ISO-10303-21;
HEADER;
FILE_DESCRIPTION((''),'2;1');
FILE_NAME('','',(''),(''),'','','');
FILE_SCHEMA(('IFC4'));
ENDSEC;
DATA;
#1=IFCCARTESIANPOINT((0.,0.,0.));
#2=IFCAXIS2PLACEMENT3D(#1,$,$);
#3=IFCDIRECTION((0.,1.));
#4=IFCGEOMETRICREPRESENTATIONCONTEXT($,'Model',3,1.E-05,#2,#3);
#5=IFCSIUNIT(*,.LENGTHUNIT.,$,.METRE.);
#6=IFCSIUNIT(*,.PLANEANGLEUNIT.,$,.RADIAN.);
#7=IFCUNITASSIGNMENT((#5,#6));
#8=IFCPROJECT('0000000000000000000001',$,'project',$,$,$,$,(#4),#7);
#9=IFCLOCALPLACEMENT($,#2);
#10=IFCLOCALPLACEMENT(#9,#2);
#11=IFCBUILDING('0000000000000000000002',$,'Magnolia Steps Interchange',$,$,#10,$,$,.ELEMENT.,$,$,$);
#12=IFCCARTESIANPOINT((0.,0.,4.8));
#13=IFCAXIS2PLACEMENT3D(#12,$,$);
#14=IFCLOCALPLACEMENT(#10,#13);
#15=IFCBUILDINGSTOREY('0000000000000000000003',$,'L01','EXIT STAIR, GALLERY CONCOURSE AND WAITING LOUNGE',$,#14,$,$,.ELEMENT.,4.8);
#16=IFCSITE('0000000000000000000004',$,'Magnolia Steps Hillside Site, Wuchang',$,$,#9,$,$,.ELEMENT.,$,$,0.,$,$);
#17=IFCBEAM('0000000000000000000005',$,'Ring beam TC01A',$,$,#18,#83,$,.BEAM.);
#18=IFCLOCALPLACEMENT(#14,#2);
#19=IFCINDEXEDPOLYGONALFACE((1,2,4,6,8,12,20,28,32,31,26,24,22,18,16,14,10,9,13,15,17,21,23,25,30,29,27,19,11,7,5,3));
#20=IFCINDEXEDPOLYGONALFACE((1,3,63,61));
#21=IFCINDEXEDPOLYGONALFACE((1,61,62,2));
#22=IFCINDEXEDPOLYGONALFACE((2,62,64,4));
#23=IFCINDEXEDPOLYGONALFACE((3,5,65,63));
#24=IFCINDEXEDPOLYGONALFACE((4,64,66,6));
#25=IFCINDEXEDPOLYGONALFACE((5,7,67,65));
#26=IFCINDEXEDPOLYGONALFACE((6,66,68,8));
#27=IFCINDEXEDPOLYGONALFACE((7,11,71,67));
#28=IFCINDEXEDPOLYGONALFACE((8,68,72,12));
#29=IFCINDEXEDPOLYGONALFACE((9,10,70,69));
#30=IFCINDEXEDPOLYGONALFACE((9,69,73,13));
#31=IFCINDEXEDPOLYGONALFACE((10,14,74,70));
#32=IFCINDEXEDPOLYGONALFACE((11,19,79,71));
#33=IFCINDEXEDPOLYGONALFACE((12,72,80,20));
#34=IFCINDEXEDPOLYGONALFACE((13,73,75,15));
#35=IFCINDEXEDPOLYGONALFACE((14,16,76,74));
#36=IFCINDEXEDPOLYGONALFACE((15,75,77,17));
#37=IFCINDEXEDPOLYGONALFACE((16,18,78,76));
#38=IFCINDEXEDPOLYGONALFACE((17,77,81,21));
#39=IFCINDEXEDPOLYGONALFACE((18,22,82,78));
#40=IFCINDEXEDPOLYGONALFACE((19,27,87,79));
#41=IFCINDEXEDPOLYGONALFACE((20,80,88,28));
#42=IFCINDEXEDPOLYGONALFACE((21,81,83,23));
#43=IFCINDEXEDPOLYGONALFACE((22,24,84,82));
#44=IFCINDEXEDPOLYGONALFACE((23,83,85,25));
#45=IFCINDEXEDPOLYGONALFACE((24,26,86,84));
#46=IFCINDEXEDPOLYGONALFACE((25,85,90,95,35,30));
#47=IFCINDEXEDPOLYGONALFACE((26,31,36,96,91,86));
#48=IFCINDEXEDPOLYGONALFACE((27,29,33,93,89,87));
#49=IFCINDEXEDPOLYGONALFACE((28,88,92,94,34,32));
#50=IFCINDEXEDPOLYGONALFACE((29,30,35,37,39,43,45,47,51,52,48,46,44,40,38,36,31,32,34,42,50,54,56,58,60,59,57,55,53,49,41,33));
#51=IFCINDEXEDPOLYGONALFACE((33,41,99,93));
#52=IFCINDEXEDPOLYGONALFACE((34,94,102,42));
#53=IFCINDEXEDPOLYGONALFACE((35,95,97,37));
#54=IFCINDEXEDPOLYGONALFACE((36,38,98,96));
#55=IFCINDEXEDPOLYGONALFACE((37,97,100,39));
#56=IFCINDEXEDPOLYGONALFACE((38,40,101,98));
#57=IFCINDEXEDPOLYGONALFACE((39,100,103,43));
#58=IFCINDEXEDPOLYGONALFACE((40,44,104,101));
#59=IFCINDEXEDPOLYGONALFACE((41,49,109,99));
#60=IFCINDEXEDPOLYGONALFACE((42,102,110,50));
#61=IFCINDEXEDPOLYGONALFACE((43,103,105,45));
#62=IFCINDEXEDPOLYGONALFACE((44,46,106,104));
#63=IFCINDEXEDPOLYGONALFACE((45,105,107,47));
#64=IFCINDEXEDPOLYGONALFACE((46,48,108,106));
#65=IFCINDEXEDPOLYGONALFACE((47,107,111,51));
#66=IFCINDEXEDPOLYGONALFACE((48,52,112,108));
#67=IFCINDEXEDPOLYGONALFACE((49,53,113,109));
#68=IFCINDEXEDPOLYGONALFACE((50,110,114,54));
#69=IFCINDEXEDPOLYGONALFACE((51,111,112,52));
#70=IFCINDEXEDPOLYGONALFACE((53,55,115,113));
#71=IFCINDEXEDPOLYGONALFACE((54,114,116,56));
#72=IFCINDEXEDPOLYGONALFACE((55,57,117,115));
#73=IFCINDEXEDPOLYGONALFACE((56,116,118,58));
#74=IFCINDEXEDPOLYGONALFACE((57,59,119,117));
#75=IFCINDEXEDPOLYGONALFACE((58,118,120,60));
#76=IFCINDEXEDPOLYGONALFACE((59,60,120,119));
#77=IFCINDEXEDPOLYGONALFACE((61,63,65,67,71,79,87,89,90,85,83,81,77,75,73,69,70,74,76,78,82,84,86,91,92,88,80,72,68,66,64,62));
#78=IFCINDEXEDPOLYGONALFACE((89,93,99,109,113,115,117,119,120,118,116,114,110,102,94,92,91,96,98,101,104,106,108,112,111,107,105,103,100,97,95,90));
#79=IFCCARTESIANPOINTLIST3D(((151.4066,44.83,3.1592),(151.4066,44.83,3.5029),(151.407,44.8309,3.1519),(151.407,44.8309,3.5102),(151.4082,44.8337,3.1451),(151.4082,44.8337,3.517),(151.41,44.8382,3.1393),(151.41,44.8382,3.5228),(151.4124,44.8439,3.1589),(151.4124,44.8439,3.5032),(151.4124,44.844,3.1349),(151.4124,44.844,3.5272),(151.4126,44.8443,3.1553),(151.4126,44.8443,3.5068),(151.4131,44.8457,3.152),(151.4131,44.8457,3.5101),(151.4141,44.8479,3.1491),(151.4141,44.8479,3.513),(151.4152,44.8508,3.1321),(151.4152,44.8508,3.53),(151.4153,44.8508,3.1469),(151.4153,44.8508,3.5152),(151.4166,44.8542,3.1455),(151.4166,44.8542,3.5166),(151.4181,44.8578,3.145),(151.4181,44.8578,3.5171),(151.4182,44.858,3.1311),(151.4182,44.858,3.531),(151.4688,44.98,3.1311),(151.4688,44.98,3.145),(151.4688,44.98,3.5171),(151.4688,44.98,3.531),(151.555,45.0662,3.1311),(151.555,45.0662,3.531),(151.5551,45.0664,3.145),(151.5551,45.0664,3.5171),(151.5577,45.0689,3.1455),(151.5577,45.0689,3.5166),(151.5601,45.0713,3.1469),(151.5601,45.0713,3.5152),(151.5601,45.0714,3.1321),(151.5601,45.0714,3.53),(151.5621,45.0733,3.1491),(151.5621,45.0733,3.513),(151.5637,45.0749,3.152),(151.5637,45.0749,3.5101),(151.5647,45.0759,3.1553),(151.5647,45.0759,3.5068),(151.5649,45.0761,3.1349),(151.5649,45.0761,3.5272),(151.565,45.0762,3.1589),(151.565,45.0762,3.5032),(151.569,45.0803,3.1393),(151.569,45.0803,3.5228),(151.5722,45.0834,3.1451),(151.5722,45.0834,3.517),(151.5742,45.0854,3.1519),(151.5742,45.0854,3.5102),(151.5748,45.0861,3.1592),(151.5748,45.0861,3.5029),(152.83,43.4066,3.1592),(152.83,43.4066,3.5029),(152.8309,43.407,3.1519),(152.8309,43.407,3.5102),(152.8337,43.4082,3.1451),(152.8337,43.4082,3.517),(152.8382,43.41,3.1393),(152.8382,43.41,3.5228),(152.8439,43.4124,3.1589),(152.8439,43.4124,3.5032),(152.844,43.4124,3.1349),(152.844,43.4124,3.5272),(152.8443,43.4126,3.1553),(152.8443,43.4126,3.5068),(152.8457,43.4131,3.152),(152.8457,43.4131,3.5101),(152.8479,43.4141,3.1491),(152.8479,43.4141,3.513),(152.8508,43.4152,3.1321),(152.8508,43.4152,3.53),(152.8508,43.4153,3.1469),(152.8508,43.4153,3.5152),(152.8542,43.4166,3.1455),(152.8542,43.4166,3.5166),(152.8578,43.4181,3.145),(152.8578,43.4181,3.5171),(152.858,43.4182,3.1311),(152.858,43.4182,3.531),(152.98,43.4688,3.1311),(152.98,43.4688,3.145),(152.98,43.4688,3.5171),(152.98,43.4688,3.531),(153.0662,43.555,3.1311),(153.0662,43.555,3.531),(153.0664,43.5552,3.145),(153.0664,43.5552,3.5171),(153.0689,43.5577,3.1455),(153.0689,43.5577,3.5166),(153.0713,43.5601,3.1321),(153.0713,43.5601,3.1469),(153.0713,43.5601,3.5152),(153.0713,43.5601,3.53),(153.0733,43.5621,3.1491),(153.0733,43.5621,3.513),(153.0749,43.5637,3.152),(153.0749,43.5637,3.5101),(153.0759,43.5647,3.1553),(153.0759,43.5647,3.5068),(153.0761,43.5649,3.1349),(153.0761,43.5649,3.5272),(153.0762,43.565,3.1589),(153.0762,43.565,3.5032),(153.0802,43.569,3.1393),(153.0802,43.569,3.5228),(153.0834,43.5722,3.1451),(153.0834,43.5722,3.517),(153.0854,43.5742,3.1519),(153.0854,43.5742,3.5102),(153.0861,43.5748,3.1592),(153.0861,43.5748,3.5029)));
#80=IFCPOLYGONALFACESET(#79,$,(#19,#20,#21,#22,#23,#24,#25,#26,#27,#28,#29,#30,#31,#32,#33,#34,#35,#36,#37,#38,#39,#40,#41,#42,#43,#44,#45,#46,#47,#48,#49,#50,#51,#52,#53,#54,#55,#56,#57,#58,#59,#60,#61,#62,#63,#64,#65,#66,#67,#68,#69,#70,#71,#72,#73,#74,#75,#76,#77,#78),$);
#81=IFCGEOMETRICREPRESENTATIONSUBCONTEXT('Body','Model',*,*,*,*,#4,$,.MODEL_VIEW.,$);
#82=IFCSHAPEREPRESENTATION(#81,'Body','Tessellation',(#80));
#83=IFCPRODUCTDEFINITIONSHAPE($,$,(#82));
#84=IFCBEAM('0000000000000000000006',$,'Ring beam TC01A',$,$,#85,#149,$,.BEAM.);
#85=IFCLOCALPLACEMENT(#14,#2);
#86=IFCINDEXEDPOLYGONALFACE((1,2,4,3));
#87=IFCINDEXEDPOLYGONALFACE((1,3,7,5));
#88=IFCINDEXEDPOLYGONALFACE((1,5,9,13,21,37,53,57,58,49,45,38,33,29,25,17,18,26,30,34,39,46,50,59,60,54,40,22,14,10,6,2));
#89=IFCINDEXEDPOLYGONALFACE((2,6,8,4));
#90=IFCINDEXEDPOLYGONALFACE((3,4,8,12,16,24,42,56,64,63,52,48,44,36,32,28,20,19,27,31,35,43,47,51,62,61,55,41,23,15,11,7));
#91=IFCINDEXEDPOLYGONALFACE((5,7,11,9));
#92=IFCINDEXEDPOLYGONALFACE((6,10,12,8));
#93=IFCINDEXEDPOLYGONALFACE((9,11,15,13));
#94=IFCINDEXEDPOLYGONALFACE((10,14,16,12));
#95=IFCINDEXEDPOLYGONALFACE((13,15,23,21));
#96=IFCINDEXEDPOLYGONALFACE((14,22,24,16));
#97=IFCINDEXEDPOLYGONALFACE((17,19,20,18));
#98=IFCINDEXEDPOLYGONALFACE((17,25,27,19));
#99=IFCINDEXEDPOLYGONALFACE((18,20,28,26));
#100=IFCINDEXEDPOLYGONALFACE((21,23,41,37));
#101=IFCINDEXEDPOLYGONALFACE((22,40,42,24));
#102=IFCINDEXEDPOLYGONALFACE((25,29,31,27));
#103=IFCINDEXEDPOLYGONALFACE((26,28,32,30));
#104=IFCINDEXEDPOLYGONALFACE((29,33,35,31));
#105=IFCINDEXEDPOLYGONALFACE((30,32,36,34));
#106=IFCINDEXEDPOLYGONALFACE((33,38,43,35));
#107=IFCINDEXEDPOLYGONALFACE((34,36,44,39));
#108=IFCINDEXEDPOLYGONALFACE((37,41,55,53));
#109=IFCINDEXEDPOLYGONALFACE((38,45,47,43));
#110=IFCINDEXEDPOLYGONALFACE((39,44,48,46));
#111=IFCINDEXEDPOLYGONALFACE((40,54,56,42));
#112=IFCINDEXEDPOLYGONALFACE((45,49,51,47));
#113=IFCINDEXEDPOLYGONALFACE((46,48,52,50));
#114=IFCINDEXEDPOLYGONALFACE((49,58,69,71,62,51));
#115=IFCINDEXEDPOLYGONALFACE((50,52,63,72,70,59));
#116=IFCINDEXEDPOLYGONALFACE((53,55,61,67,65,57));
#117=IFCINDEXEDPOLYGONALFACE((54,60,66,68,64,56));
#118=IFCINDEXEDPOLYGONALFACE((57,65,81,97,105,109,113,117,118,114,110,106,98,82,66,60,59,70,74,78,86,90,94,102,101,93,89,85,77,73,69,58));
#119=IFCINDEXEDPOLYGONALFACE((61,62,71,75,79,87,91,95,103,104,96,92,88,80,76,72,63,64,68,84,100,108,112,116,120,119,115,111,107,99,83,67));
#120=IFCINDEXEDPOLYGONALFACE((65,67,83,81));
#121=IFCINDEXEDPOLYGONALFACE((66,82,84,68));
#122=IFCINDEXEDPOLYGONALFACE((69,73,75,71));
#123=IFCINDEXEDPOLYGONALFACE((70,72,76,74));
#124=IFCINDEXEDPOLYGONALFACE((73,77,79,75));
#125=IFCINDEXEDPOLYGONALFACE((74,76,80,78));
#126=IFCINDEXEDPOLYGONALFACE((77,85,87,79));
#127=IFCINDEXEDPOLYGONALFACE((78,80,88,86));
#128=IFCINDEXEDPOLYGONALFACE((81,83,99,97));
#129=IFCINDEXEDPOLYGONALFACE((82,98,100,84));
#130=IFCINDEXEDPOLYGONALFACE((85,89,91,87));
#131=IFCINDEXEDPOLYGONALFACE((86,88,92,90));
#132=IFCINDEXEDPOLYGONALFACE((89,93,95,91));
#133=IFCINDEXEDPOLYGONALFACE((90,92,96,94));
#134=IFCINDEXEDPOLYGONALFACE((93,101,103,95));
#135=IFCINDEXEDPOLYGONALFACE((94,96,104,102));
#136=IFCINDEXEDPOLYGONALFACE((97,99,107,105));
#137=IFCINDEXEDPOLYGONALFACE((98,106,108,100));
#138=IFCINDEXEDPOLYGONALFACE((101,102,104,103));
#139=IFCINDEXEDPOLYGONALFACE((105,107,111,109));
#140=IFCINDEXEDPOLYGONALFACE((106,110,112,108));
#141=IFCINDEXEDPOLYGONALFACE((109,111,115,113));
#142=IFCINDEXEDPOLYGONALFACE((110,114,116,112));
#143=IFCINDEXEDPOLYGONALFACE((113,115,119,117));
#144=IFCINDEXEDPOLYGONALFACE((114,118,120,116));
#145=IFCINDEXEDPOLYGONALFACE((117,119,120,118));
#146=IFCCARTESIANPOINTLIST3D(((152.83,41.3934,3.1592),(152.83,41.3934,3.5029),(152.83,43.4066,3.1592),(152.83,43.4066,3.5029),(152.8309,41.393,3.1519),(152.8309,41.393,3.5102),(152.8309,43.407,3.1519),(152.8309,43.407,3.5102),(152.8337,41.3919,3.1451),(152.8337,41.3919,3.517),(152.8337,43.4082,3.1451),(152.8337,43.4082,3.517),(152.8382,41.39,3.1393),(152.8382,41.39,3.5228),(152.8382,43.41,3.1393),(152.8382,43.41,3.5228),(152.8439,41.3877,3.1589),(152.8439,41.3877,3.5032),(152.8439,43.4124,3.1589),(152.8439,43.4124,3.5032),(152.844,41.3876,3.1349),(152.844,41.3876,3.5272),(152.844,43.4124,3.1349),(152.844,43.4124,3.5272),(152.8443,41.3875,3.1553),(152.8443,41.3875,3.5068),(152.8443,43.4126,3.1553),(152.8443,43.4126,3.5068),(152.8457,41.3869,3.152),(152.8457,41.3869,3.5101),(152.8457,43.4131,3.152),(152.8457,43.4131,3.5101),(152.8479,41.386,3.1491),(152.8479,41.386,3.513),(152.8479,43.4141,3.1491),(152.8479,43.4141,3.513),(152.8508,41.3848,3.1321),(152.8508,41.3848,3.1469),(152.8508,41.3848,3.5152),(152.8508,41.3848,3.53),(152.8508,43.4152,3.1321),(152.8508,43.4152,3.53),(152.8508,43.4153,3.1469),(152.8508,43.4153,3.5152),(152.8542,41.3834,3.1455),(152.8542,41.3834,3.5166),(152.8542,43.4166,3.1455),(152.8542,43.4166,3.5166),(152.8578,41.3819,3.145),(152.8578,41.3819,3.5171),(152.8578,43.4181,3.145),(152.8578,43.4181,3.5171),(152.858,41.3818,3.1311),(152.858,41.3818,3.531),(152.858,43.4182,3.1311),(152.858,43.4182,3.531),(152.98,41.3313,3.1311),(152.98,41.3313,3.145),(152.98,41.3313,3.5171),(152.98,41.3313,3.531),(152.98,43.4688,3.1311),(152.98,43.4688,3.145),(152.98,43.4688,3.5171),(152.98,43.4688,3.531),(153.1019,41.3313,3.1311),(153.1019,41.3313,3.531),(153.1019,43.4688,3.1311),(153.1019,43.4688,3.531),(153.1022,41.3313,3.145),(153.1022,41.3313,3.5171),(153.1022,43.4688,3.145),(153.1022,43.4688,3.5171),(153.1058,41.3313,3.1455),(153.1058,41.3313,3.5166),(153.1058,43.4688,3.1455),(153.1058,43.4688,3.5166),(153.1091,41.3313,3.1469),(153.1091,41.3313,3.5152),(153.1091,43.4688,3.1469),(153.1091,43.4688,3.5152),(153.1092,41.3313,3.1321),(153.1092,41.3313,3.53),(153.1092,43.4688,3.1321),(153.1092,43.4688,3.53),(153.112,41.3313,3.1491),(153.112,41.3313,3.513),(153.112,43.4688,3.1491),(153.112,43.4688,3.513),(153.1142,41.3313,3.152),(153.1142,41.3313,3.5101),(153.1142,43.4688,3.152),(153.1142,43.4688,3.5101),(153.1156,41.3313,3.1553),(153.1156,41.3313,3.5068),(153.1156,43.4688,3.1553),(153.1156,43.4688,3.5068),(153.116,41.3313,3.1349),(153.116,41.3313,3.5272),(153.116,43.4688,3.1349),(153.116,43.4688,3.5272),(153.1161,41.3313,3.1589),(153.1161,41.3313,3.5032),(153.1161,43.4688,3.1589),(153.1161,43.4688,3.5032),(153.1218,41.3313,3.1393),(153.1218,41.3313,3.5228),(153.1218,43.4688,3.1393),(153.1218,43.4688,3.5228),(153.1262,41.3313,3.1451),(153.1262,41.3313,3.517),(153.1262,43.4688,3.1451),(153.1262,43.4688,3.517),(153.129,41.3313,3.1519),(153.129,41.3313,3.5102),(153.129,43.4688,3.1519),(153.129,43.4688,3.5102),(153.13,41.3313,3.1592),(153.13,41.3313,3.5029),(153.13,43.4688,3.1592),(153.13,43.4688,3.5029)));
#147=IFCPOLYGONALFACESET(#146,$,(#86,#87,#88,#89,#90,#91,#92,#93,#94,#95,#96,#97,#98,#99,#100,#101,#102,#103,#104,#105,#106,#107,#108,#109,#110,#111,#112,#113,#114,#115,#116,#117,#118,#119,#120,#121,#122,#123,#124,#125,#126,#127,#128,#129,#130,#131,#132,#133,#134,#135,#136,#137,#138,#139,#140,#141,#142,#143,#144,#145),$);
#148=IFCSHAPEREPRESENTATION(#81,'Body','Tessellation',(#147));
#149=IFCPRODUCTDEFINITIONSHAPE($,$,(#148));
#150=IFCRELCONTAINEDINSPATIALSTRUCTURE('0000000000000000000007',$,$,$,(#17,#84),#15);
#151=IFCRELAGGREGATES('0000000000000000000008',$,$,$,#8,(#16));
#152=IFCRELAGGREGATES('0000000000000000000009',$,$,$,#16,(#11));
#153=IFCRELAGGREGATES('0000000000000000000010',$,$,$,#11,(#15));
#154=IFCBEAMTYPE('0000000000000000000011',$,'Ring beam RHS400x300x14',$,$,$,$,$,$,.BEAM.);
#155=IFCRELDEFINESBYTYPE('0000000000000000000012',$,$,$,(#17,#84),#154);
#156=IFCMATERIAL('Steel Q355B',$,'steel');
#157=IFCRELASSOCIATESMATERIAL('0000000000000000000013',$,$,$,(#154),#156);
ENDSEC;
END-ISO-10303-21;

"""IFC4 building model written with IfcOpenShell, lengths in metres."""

from ifc_helpers import new_model, si_unit, direction, frame, origin, origin_2d, place, context, subcontext, project, spatial, hollow_rectangle, extrude, clip, halfspace, material, material_profile, profile_set, type_object, element, save


model = new_model("IFC4")

# Units and contexts
model_context = context("Model", 3, precision=1e-05, world=origin(), true_north=direction((0.0, 1.0)))
body_context = subcontext(model_context, "Body", "Model", "MODEL_VIEW")
ifc_project = project(units=[si_unit("LENGTHUNIT", "METRE"), si_unit("PLANEANGLEUNIT", "RADIAN")], contexts=[model_context])

# Site, building, storey
site_placement = place(None, origin())
site = spatial("IfcSite", under=ifc_project, at=site_placement, Name="Magnolia Steps Hillside Site, Wuchang", CompositionType="ELEMENT", RefElevation=0.0)
building_placement = place(site_placement, origin())
building = spatial("IfcBuilding", under=site, at=building_placement, Name="Magnolia Steps Interchange", CompositionType="ELEMENT")
storey_placement = place(building_placement, frame((0.0, 0.0, 4.8)))
storey = spatial("IfcBuildingStorey", under=building, at=storey_placement, Name="L01", Description="EXIT STAIR, GALLERY CONCOURSE AND WAITING LOUNGE", CompositionType="ELEMENT", Elevation=4.8)

# Beams
ifc_material_1 = material(Name="Steel Q355B", Category="steel")
ifc_material_profile_1 = material_profile(ifc_material_1, hollow_rectangle(XDim=0.3, YDim=0.3999, WallThickness=0.0139, InnerFilletRadius=0.0139, OuterFilletRadius=0.0281, at=origin_2d()), Name="RHS400x300x14")
ifc_profile_set_1 = profile_set([ifc_material_profile_1], Name="Steel Q355B")
beam_type = type_object("IfcBeamType", Name="Ring beam RHS400x300x14", PredefinedType="BEAM", material=ifc_profile_set_1)
beam_1_placement = place(storey_placement, frame((152.98, 43.4688, 3.3311), z_axis=(-0.707107, 0.707107, 0.0), x_axis=(-0.707107, -0.707107, 0.0)))
element("IfcBeam", 1, at=beam_1_placement, inside=storey, type_object=beam_type, Name="Ring beam TC01A", PredefinedType="BEAM", context=body_context, shape_type="Clipping", body=[
    clip(clip(extrude(hollow_rectangle(XDim=0.3, YDim=0.3999, WallThickness=0.0139, InnerFilletRadius=0.0139, OuterFilletRadius=0.0281, at=origin_2d()), origin(), (0.0, 0.0, 1.0), 2.1372), halfspace(frame((0.0, 0.0, 0.0), z_axis=(0.382683, 0.0, -0.92388), x_axis=(0.92388, 0.0, 0.382683)), False)), halfspace(frame((0.0, 0.0, 2.1372), z_axis=(0.382683, 0.0, 0.92388), x_axis=(0.92388, 0.0, -0.382683)), False)),
])
beam_2_placement = place(storey_placement, frame((152.98, 41.3313, 3.3311), z_axis=(0.0, 1.0, 0.0), x_axis=(-1.0, 0.0, 0.0)))
element("IfcBeam", 2, at=beam_2_placement, inside=storey, type_object=beam_type, Name="Ring beam TC01A", PredefinedType="BEAM", context=body_context, shape_type="Clipping", body=[
    clip(clip(extrude(hollow_rectangle(XDim=0.3, YDim=0.3999, WallThickness=0.0139, InnerFilletRadius=0.0139, OuterFilletRadius=0.0281, at=origin_2d()), origin(), (0.0, 0.0, 1.0), 2.1375), halfspace(frame((0.0, 0.0, 0.0), z_axis=(0.382683, 0.0, -0.92388), x_axis=(0.92388, 0.0, 0.382683)), False)), halfspace(frame((0.0, 0.0, 2.1375), z_axis=(0.382683, 0.0, 0.92388), x_axis=(0.92388, 0.0, -0.382683)), False)),
])

save(model, "model.ifc")
